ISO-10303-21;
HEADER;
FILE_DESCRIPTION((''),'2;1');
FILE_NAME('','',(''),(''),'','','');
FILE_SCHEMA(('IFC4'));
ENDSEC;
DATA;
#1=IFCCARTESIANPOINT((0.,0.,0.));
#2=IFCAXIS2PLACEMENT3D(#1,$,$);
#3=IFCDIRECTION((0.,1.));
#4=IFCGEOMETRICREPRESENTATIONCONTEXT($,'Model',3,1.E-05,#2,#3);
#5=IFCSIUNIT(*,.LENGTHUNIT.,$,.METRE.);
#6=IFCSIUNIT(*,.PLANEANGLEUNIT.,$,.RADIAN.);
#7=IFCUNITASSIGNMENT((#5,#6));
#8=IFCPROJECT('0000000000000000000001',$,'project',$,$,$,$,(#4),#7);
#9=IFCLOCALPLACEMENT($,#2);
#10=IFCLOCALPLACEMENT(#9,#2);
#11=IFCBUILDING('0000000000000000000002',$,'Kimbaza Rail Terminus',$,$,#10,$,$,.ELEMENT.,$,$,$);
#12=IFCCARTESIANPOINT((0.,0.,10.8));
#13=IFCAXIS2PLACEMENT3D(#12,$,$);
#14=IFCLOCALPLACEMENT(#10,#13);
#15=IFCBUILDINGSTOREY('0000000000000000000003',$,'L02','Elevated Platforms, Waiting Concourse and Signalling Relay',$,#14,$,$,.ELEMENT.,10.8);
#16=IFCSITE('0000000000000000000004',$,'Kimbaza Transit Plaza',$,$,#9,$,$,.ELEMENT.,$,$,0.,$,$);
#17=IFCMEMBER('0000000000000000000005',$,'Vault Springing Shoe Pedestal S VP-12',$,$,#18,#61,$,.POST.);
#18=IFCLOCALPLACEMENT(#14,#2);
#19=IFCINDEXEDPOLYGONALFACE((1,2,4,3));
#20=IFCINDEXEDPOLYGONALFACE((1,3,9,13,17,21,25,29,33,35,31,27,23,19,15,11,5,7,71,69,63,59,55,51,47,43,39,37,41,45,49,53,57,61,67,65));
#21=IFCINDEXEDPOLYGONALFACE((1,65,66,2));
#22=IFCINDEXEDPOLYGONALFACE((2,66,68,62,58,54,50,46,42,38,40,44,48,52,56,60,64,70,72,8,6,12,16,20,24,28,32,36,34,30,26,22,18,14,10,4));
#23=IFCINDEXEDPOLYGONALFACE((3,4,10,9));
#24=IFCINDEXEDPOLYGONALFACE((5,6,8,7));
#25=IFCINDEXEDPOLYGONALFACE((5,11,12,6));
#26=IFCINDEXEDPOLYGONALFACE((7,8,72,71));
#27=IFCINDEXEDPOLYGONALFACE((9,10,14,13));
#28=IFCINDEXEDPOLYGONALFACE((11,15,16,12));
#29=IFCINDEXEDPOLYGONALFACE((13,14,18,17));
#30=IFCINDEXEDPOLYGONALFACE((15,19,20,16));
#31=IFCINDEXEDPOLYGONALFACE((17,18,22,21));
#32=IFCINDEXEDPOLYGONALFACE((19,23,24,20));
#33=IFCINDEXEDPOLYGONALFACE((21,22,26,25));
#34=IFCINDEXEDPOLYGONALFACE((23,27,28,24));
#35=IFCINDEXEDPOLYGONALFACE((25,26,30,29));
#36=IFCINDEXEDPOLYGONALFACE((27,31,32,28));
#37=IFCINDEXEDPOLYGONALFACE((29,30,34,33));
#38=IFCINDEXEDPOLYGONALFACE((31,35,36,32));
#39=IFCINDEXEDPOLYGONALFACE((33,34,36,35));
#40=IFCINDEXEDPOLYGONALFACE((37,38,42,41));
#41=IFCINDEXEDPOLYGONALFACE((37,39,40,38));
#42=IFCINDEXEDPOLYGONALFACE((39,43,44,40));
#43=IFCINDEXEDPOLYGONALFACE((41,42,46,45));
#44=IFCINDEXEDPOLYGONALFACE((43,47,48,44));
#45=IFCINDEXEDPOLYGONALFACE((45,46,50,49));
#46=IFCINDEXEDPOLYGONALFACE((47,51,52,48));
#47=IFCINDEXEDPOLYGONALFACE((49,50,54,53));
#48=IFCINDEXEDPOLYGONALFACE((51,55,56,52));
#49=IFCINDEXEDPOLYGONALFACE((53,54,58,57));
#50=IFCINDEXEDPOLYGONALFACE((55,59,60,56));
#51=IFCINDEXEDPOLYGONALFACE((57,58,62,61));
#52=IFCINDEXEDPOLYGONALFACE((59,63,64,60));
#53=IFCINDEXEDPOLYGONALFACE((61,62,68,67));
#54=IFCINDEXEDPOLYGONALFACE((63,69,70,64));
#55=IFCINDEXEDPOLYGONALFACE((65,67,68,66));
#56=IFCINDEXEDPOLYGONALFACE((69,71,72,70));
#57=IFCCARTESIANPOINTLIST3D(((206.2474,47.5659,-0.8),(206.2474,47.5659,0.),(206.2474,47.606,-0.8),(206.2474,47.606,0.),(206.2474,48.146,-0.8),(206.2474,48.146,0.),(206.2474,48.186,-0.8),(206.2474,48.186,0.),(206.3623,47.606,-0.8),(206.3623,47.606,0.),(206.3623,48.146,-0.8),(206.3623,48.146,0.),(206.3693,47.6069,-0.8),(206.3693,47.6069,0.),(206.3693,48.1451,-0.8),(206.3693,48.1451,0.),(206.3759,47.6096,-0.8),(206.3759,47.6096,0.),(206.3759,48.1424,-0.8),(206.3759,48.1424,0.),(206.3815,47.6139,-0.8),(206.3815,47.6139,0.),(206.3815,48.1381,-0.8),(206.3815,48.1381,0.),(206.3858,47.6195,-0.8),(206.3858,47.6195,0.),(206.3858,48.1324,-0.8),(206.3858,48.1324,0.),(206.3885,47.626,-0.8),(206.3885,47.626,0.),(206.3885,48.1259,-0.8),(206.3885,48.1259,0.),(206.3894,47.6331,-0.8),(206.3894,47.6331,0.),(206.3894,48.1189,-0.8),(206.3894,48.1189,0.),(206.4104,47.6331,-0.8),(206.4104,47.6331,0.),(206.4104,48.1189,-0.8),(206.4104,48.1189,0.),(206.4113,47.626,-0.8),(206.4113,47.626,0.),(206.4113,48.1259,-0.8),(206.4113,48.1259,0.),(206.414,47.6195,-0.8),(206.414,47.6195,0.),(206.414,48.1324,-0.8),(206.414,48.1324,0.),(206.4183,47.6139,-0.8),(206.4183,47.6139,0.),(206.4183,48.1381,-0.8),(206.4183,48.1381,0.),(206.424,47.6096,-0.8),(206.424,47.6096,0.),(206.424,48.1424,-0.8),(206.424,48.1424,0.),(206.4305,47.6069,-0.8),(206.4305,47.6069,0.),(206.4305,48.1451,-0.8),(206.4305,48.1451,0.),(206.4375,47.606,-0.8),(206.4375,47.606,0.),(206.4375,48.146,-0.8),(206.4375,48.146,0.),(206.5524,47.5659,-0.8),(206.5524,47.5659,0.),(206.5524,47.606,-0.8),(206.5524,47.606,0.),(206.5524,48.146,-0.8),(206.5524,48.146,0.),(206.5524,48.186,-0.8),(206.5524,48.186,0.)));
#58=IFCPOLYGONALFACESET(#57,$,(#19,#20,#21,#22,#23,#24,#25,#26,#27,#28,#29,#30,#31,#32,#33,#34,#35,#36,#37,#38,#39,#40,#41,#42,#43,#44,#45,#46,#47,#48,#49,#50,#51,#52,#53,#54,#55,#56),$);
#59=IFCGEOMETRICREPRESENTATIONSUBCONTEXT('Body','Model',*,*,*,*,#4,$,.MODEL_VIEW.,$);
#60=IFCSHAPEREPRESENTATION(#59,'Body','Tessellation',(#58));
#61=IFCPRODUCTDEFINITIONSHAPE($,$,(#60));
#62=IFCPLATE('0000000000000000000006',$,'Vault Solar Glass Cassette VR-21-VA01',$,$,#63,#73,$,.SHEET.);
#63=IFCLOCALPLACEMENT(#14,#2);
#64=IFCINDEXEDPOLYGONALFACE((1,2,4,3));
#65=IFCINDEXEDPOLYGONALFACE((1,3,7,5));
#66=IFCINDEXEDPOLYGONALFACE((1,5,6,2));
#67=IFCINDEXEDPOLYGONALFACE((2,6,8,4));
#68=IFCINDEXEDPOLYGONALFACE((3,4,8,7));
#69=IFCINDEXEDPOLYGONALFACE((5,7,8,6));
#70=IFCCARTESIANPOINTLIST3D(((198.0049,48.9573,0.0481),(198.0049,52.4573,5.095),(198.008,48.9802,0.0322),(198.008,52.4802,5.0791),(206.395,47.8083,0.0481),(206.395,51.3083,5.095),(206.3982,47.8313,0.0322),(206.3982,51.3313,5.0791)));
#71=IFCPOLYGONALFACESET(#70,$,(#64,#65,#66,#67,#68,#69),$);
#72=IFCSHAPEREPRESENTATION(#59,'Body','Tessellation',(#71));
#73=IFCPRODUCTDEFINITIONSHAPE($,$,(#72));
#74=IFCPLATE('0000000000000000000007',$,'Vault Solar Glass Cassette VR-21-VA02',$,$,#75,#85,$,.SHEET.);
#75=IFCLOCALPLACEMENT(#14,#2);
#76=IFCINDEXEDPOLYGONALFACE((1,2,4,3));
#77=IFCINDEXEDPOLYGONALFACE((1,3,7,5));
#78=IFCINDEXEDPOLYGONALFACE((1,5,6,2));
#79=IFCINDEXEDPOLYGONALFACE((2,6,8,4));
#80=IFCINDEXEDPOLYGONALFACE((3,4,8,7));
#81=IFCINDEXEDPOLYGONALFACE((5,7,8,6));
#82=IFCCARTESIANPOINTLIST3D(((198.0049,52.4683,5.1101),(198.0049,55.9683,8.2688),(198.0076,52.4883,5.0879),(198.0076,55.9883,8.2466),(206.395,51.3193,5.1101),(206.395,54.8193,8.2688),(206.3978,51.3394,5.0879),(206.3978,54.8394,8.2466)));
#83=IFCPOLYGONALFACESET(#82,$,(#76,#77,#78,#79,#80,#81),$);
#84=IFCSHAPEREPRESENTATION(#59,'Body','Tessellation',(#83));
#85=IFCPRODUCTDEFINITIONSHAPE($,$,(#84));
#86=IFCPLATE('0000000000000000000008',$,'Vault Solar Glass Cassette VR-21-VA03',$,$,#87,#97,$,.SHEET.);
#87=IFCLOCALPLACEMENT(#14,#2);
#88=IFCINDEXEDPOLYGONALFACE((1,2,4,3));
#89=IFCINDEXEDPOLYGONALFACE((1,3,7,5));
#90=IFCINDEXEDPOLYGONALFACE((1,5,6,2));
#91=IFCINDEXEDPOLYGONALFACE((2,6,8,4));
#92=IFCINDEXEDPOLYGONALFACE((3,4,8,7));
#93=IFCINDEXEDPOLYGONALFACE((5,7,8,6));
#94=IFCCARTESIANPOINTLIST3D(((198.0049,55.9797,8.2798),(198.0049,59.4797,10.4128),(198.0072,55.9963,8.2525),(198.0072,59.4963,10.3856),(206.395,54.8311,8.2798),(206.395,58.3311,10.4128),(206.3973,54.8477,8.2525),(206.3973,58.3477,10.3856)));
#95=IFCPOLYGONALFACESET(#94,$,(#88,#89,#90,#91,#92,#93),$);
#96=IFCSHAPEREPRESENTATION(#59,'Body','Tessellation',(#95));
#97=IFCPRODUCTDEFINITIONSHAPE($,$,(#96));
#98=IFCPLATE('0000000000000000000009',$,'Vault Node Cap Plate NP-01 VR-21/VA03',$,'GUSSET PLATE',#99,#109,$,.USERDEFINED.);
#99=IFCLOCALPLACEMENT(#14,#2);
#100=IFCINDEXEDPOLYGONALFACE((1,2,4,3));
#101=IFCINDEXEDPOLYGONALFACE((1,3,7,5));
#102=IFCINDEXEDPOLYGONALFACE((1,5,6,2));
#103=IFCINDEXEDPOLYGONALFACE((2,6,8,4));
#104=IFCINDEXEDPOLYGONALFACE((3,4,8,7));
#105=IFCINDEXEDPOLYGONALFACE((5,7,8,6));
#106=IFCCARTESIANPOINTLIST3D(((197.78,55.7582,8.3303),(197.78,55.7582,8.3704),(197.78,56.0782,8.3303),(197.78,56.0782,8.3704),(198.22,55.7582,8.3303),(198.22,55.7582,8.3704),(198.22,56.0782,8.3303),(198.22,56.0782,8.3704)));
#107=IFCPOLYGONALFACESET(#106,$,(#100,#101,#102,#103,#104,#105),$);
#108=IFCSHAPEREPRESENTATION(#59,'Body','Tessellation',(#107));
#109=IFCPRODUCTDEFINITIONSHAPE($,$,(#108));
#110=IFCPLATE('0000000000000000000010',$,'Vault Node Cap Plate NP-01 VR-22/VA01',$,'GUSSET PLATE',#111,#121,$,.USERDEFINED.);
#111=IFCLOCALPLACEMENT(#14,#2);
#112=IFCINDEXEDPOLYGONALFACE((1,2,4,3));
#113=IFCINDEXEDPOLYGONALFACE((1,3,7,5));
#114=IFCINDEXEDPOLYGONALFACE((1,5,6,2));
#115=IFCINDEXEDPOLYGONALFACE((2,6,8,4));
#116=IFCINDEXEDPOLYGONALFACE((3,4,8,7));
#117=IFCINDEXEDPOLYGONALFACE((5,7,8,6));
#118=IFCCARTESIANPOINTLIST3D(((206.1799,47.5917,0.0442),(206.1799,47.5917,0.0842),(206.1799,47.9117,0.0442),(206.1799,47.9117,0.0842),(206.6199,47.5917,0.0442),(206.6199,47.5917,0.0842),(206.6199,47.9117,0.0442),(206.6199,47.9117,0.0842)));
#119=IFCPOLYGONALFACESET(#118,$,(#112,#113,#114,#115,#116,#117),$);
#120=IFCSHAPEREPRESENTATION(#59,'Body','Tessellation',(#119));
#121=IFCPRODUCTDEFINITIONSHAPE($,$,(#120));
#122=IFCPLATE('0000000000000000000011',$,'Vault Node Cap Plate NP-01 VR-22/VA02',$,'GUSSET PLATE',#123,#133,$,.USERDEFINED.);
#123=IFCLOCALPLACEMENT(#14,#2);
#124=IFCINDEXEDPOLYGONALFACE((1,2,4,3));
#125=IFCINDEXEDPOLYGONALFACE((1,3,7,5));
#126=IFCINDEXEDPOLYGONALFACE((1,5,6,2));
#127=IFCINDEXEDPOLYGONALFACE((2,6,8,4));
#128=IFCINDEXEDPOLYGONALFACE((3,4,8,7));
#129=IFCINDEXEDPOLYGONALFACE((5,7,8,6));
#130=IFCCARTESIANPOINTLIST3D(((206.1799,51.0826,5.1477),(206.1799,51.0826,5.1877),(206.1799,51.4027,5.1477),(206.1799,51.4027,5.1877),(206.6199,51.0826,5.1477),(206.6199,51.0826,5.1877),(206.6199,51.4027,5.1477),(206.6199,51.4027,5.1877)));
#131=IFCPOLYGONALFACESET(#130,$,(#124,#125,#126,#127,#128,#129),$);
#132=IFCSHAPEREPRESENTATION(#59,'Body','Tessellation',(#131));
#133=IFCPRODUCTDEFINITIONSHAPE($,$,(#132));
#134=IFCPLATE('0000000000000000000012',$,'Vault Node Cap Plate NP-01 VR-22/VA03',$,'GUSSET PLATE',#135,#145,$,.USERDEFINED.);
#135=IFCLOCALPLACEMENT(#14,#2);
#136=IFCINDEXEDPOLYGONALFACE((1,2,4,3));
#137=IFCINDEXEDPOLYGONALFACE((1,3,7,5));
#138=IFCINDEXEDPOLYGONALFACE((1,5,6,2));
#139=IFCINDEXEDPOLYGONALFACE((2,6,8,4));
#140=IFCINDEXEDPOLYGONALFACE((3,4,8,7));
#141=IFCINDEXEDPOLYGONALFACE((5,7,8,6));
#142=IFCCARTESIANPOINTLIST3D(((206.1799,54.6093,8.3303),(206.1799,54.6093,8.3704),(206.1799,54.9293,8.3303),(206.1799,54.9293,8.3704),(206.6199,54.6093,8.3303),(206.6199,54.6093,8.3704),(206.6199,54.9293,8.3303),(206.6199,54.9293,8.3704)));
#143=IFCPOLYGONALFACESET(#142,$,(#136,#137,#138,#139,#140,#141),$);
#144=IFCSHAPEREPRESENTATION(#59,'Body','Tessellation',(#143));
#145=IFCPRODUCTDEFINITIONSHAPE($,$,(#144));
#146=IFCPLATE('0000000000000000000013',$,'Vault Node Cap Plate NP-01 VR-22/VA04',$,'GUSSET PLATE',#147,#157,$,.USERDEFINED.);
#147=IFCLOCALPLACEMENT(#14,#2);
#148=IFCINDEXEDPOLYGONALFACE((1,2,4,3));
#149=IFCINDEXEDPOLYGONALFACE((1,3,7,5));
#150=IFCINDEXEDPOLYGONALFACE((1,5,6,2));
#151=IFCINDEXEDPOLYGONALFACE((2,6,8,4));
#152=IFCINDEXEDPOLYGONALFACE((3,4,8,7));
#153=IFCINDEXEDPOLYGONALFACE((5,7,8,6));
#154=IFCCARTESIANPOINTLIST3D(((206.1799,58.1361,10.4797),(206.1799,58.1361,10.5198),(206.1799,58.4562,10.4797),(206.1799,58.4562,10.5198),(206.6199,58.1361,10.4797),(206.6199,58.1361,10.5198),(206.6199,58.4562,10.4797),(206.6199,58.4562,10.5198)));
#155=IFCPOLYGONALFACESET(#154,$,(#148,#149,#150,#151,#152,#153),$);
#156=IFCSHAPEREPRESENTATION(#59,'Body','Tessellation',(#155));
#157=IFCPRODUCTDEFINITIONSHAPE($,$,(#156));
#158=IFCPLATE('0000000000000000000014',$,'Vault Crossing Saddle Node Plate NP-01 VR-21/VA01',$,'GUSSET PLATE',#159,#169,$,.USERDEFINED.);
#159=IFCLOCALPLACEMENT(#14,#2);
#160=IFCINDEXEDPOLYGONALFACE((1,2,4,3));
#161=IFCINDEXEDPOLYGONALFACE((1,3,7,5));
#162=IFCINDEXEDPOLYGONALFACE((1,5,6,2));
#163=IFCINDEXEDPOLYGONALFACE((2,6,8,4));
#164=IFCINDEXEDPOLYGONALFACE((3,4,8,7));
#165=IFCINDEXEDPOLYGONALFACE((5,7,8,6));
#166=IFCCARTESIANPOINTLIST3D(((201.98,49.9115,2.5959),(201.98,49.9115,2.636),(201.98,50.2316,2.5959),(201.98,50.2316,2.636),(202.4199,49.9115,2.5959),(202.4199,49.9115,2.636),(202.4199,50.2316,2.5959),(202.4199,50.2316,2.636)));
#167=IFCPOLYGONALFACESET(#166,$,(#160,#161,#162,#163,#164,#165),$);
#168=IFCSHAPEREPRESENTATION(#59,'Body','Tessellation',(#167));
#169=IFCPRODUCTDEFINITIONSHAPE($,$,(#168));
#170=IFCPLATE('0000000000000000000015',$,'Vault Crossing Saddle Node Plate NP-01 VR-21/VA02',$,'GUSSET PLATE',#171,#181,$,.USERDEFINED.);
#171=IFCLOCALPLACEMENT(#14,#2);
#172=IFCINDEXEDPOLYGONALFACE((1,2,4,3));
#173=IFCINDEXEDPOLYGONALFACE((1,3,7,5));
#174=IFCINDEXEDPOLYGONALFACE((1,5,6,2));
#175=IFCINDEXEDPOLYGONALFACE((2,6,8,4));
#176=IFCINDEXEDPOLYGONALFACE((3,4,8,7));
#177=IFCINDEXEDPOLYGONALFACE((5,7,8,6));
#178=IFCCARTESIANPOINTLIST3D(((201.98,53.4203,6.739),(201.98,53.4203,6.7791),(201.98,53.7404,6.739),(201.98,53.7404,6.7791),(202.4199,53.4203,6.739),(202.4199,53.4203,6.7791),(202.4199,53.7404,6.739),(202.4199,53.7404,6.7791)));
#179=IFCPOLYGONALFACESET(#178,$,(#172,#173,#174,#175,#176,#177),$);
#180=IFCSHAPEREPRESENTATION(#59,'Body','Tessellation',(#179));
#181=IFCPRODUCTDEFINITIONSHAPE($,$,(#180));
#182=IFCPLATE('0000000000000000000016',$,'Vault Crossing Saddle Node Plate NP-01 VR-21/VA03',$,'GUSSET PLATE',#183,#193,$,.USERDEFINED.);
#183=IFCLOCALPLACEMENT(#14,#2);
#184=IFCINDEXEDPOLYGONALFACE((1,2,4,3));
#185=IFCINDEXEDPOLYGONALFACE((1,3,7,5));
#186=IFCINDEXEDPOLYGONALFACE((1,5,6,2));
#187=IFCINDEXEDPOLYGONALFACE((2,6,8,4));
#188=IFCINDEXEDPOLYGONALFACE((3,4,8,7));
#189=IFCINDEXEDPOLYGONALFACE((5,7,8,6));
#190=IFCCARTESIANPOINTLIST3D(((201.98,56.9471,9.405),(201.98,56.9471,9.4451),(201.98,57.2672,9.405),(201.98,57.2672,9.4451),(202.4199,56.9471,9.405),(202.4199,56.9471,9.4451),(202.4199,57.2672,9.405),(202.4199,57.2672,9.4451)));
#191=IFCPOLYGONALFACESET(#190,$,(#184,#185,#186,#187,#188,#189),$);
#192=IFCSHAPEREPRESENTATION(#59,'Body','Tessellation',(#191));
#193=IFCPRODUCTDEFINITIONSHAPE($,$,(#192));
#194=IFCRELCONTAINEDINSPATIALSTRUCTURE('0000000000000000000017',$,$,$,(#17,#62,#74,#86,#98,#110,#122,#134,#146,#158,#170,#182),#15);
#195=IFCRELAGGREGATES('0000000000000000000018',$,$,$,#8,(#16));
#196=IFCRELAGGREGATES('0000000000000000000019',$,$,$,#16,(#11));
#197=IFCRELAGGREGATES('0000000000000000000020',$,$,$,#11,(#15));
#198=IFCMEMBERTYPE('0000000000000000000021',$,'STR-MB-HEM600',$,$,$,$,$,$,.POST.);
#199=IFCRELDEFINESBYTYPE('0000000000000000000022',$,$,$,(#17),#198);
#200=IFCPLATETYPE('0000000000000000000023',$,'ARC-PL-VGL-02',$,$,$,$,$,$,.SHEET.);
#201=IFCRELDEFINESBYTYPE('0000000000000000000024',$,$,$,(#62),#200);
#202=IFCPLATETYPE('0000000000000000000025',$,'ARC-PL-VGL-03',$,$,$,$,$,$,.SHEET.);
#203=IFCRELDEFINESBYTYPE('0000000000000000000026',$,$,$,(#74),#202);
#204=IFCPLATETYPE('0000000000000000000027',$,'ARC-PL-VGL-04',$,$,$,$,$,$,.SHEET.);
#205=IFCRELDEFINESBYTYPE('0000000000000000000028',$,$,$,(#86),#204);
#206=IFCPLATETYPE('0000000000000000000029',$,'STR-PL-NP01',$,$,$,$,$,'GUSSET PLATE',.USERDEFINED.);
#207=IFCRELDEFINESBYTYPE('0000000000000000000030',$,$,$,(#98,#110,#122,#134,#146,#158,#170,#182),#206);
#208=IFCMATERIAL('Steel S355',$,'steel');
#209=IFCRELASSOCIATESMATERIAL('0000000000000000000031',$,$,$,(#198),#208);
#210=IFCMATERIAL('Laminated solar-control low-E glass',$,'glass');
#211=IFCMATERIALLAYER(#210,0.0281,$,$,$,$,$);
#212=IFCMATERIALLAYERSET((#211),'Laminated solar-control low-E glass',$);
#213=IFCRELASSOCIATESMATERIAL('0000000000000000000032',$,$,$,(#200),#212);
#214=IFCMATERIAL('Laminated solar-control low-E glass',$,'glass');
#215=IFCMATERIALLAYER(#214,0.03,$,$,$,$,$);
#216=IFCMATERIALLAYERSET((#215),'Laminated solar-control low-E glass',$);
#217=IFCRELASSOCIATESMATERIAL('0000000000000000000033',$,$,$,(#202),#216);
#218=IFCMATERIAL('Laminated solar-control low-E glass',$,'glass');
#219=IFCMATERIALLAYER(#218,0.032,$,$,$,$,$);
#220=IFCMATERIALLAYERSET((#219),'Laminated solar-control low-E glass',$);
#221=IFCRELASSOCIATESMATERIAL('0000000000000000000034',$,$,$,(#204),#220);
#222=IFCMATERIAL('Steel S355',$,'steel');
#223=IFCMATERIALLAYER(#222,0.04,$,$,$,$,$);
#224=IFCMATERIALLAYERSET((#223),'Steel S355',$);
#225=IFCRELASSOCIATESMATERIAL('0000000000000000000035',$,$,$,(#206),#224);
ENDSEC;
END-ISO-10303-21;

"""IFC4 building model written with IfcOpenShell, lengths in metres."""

from ifc_helpers import new_model, si_unit, direction, frame, origin, origin_2d, place, context, subcontext, project, spatial, polyline, rectangle, i_section, outline, extrude, material, layer, layer_set, material_profile, profile_set, type_object, element, save


model = new_model("IFC4")

# Units and contexts
model_context = context("Model", 3, precision=1e-05, world=origin(), true_north=direction((0.0, 1.0)))
body_context = subcontext(model_context, "Body", "Model", "MODEL_VIEW")
ifc_project = project(units=[si_unit("LENGTHUNIT", "METRE"), si_unit("PLANEANGLEUNIT", "RADIAN")], contexts=[model_context])

# Site, building, storey
site_placement = place(None, origin())
site = spatial("IfcSite", under=ifc_project, at=site_placement, Name="Kimbaza Transit Plaza", CompositionType="ELEMENT", RefElevation=0.0)
building_placement = place(site_placement, origin())
building = spatial("IfcBuilding", under=site, at=building_placement, Name="Kimbaza Rail Terminus", CompositionType="ELEMENT")
storey_placement = place(building_placement, frame((0.0, 0.0, 10.8)))
storey = spatial("IfcBuildingStorey", under=building, at=storey_placement, Name="L02", Description="Elevated Platforms, Waiting Concourse and Signalling Relay", CompositionType="ELEMENT", Elevation=10.8)

# Member
ifc_material_1 = material(Name="Steel S355", Category="steel")
ifc_material_profile_1 = material_profile(ifc_material_1, i_section(OverallWidth=0.3049, OverallDepth=0.6201, WebThickness=0.021, FlangeThickness=0.04, FilletRadius=0.0271, at=origin_2d()), Name="HEM 600")
ifc_profile_set_1 = profile_set([ifc_material_profile_1], Name="Steel S355")
member_type_1 = type_object("IfcMemberType", Name="STR-MB-HEM600", PredefinedType="POST", material=ifc_profile_set_1)
member_1_placement = place(storey_placement, frame((206.3999, 47.876, -0.8), z_axis=(0.0, 0.0, 1.0), x_axis=(1.0, 0.0, 0.0)))
element("IfcMember", 1, at=member_1_placement, inside=storey, type_object=member_type_1, Name="Vault Springing Shoe Pedestal S VP-12", PredefinedType="POST", context=body_context, shape_type="SweptSolid", body=[
    extrude(i_section(OverallWidth=0.3049, OverallDepth=0.6201, WebThickness=0.021, FlangeThickness=0.04, FilletRadius=0.0271, at=origin_2d()), origin(), (0.0, 0.0, 1.0), 0.8),
])

# Plates
ifc_material_2 = material(Name="Laminated solar-control low-E glass", Category="glass")
ifc_layer_1 = layer(ifc_material_2, 0.0281)
ifc_layer_set_1 = layer_set([ifc_layer_1], Name="Laminated solar-control low-E glass")
plate_type_1 = type_object("IfcPlateType", Name="ARC-PL-VGL-02", PredefinedType="SHEET", material=ifc_layer_set_1)
plate_1_placement = place(storey_placement, frame((198.0049, 48.9573, 0.0481), z_axis=(-0.111821, -0.81658, 0.566297), x_axis=(0.990754, -0.135672, 0.0)))
element("IfcPlate", 2, at=plate_1_placement, inside=storey, type_object=plate_type_1, Name="Vault Solar Glass Cassette VR-21-VA01", PredefinedType="SHEET", context=body_context, shape_type="SweptSolid", body=[
    extrude(outline(polyline([(0.0, 0.0), (8.4684, 0.0), (7.9936, 6.1234), (-0.4749, 6.1234), (0.0, 0.0)])), origin(), (0.0, 0.0, -1.0), 0.0281),
])
ifc_material_3 = material(Name="Laminated solar-control low-E glass", Category="glass")
ifc_layer_2 = layer(ifc_material_3, 0.03)
ifc_layer_set_2 = layer_set([ifc_layer_2], Name="Laminated solar-control low-E glass")
plate_type_2 = type_object("IfcPlateType", Name="ARC-PL-VGL-03", PredefinedType="SHEET", material=ifc_layer_set_2)
plate_2_placement = place(storey_placement, frame((198.0049, 52.4683, 5.1101), z_axis=(-0.091362, -0.667181, 0.739272), x_axis=(0.990754, -0.135672, 0.0)))
element("IfcPlate", 3, at=plate_2_placement, inside=storey, type_object=plate_type_2, Name="Vault Solar Glass Cassette VR-21-VA02", PredefinedType="SHEET", context=body_context, shape_type="SweptSolid", body=[
    extrude(outline(polyline([(0.0, 0.0), (8.4684, 0.0), (7.9936, 4.6906), (-0.4749, 4.6906), (0.0, 0.0)])), origin(), (0.0, 0.0, -1.0), 0.03),
])
ifc_material_4 = material(Name="Laminated solar-control low-E glass", Category="glass")
ifc_layer_3 = layer(ifc_material_4, 0.032)
ifc_layer_set_3 = layer_set([ifc_layer_3], Name="Laminated solar-control low-E glass")
plate_type_3 = type_object("IfcPlateType", Name="ARC-PL-VGL-04", PredefinedType="SHEET", material=ifc_layer_set_3)
plate_3_placement = place(storey_placement, frame((198.0049, 55.9797, 8.2798), z_axis=(-0.071069, -0.519098, 0.851755), x_axis=(0.990758, -0.135643, 0.0)))
element("IfcPlate", 4, at=plate_3_placement, inside=storey, type_object=plate_type_3, Name="Vault Solar Glass Cassette VR-21-VA03", PredefinedType="SHEET", context=body_context, shape_type="SweptSolid", body=[
    extrude(outline(polyline([(0.0, 0.0), (8.4684, 0.0), (7.9937, 4.0712), (-0.4748, 4.0712), (0.0, 0.0)])), origin(), (0.0, 0.0, -1.0), 0.032),
])
ifc_material_5 = material(Name="Steel S355", Category="steel")
ifc_layer_4 = layer(ifc_material_5, 0.04)
ifc_layer_set_4 = layer_set([ifc_layer_4], Name="Steel S355")
plate_type_4 = type_object("IfcPlateType", Name="STR-PL-NP01", ElementType="GUSSET PLATE", PredefinedType="USERDEFINED", material=ifc_layer_set_4)
for number, where, z_axis, x_axis, name in (
    (5, (198.0, 55.9182, 8.3303), (0.0, 0.0, 1.0), (1.0, 0.0, 0.0), "Vault Node Cap Plate NP-01 VR-21/VA03"),
    (6, (206.3999, 47.7517, 0.0442), (0.0, 0.0, 1.0), (1.0, 0.0, 0.0), "Vault Node Cap Plate NP-01 VR-22/VA01"),
    (7, (206.3999, 51.2427, 5.1477), (0.0, 0.0, 1.0), (1.0, 0.0, 0.0), "Vault Node Cap Plate NP-01 VR-22/VA02"),
    (8, (206.3999, 54.7693, 8.3303), (0.0, 0.0, 1.0), (1.0, 0.0, 0.0), "Vault Node Cap Plate NP-01 VR-22/VA03"),
    (9, (206.3999, 58.2961, 10.4797), (0.0, 0.0, 1.0), (1.0, 0.0, 0.0), "Vault Node Cap Plate NP-01 VR-22/VA04"),
    (10, (202.2, 50.0715, 2.5959), (0.0, 0.0, 1.0), (1.0, 0.0, 0.0), "Vault Crossing Saddle Node Plate NP-01 VR-21/VA01"),
    (11, (202.2, 53.5803, 6.739), (0.0, 0.0, 1.0), (1.0, 0.0, 0.0), "Vault Crossing Saddle Node Plate NP-01 VR-21/VA02"),
    (12, (202.2, 57.1072, 9.405), (0.0, 0.0, 1.0), (1.0, 0.0, 0.0), "Vault Crossing Saddle Node Plate NP-01 VR-21/VA03"),
):
    element("IfcPlate", number, at=place(storey_placement, frame(where, z_axis=z_axis, x_axis=x_axis)), inside=storey, type_object=plate_type_4, Name=name, ObjectType="GUSSET PLATE", PredefinedType="USERDEFINED", context=body_context, shape_type="SweptSolid", body=[
        extrude(rectangle(XDim=0.4399, YDim=0.3201, at=origin_2d()), origin(), (0.0, 0.0, 1.0), 0.04),
    ])

save(model, "model.ifc")
